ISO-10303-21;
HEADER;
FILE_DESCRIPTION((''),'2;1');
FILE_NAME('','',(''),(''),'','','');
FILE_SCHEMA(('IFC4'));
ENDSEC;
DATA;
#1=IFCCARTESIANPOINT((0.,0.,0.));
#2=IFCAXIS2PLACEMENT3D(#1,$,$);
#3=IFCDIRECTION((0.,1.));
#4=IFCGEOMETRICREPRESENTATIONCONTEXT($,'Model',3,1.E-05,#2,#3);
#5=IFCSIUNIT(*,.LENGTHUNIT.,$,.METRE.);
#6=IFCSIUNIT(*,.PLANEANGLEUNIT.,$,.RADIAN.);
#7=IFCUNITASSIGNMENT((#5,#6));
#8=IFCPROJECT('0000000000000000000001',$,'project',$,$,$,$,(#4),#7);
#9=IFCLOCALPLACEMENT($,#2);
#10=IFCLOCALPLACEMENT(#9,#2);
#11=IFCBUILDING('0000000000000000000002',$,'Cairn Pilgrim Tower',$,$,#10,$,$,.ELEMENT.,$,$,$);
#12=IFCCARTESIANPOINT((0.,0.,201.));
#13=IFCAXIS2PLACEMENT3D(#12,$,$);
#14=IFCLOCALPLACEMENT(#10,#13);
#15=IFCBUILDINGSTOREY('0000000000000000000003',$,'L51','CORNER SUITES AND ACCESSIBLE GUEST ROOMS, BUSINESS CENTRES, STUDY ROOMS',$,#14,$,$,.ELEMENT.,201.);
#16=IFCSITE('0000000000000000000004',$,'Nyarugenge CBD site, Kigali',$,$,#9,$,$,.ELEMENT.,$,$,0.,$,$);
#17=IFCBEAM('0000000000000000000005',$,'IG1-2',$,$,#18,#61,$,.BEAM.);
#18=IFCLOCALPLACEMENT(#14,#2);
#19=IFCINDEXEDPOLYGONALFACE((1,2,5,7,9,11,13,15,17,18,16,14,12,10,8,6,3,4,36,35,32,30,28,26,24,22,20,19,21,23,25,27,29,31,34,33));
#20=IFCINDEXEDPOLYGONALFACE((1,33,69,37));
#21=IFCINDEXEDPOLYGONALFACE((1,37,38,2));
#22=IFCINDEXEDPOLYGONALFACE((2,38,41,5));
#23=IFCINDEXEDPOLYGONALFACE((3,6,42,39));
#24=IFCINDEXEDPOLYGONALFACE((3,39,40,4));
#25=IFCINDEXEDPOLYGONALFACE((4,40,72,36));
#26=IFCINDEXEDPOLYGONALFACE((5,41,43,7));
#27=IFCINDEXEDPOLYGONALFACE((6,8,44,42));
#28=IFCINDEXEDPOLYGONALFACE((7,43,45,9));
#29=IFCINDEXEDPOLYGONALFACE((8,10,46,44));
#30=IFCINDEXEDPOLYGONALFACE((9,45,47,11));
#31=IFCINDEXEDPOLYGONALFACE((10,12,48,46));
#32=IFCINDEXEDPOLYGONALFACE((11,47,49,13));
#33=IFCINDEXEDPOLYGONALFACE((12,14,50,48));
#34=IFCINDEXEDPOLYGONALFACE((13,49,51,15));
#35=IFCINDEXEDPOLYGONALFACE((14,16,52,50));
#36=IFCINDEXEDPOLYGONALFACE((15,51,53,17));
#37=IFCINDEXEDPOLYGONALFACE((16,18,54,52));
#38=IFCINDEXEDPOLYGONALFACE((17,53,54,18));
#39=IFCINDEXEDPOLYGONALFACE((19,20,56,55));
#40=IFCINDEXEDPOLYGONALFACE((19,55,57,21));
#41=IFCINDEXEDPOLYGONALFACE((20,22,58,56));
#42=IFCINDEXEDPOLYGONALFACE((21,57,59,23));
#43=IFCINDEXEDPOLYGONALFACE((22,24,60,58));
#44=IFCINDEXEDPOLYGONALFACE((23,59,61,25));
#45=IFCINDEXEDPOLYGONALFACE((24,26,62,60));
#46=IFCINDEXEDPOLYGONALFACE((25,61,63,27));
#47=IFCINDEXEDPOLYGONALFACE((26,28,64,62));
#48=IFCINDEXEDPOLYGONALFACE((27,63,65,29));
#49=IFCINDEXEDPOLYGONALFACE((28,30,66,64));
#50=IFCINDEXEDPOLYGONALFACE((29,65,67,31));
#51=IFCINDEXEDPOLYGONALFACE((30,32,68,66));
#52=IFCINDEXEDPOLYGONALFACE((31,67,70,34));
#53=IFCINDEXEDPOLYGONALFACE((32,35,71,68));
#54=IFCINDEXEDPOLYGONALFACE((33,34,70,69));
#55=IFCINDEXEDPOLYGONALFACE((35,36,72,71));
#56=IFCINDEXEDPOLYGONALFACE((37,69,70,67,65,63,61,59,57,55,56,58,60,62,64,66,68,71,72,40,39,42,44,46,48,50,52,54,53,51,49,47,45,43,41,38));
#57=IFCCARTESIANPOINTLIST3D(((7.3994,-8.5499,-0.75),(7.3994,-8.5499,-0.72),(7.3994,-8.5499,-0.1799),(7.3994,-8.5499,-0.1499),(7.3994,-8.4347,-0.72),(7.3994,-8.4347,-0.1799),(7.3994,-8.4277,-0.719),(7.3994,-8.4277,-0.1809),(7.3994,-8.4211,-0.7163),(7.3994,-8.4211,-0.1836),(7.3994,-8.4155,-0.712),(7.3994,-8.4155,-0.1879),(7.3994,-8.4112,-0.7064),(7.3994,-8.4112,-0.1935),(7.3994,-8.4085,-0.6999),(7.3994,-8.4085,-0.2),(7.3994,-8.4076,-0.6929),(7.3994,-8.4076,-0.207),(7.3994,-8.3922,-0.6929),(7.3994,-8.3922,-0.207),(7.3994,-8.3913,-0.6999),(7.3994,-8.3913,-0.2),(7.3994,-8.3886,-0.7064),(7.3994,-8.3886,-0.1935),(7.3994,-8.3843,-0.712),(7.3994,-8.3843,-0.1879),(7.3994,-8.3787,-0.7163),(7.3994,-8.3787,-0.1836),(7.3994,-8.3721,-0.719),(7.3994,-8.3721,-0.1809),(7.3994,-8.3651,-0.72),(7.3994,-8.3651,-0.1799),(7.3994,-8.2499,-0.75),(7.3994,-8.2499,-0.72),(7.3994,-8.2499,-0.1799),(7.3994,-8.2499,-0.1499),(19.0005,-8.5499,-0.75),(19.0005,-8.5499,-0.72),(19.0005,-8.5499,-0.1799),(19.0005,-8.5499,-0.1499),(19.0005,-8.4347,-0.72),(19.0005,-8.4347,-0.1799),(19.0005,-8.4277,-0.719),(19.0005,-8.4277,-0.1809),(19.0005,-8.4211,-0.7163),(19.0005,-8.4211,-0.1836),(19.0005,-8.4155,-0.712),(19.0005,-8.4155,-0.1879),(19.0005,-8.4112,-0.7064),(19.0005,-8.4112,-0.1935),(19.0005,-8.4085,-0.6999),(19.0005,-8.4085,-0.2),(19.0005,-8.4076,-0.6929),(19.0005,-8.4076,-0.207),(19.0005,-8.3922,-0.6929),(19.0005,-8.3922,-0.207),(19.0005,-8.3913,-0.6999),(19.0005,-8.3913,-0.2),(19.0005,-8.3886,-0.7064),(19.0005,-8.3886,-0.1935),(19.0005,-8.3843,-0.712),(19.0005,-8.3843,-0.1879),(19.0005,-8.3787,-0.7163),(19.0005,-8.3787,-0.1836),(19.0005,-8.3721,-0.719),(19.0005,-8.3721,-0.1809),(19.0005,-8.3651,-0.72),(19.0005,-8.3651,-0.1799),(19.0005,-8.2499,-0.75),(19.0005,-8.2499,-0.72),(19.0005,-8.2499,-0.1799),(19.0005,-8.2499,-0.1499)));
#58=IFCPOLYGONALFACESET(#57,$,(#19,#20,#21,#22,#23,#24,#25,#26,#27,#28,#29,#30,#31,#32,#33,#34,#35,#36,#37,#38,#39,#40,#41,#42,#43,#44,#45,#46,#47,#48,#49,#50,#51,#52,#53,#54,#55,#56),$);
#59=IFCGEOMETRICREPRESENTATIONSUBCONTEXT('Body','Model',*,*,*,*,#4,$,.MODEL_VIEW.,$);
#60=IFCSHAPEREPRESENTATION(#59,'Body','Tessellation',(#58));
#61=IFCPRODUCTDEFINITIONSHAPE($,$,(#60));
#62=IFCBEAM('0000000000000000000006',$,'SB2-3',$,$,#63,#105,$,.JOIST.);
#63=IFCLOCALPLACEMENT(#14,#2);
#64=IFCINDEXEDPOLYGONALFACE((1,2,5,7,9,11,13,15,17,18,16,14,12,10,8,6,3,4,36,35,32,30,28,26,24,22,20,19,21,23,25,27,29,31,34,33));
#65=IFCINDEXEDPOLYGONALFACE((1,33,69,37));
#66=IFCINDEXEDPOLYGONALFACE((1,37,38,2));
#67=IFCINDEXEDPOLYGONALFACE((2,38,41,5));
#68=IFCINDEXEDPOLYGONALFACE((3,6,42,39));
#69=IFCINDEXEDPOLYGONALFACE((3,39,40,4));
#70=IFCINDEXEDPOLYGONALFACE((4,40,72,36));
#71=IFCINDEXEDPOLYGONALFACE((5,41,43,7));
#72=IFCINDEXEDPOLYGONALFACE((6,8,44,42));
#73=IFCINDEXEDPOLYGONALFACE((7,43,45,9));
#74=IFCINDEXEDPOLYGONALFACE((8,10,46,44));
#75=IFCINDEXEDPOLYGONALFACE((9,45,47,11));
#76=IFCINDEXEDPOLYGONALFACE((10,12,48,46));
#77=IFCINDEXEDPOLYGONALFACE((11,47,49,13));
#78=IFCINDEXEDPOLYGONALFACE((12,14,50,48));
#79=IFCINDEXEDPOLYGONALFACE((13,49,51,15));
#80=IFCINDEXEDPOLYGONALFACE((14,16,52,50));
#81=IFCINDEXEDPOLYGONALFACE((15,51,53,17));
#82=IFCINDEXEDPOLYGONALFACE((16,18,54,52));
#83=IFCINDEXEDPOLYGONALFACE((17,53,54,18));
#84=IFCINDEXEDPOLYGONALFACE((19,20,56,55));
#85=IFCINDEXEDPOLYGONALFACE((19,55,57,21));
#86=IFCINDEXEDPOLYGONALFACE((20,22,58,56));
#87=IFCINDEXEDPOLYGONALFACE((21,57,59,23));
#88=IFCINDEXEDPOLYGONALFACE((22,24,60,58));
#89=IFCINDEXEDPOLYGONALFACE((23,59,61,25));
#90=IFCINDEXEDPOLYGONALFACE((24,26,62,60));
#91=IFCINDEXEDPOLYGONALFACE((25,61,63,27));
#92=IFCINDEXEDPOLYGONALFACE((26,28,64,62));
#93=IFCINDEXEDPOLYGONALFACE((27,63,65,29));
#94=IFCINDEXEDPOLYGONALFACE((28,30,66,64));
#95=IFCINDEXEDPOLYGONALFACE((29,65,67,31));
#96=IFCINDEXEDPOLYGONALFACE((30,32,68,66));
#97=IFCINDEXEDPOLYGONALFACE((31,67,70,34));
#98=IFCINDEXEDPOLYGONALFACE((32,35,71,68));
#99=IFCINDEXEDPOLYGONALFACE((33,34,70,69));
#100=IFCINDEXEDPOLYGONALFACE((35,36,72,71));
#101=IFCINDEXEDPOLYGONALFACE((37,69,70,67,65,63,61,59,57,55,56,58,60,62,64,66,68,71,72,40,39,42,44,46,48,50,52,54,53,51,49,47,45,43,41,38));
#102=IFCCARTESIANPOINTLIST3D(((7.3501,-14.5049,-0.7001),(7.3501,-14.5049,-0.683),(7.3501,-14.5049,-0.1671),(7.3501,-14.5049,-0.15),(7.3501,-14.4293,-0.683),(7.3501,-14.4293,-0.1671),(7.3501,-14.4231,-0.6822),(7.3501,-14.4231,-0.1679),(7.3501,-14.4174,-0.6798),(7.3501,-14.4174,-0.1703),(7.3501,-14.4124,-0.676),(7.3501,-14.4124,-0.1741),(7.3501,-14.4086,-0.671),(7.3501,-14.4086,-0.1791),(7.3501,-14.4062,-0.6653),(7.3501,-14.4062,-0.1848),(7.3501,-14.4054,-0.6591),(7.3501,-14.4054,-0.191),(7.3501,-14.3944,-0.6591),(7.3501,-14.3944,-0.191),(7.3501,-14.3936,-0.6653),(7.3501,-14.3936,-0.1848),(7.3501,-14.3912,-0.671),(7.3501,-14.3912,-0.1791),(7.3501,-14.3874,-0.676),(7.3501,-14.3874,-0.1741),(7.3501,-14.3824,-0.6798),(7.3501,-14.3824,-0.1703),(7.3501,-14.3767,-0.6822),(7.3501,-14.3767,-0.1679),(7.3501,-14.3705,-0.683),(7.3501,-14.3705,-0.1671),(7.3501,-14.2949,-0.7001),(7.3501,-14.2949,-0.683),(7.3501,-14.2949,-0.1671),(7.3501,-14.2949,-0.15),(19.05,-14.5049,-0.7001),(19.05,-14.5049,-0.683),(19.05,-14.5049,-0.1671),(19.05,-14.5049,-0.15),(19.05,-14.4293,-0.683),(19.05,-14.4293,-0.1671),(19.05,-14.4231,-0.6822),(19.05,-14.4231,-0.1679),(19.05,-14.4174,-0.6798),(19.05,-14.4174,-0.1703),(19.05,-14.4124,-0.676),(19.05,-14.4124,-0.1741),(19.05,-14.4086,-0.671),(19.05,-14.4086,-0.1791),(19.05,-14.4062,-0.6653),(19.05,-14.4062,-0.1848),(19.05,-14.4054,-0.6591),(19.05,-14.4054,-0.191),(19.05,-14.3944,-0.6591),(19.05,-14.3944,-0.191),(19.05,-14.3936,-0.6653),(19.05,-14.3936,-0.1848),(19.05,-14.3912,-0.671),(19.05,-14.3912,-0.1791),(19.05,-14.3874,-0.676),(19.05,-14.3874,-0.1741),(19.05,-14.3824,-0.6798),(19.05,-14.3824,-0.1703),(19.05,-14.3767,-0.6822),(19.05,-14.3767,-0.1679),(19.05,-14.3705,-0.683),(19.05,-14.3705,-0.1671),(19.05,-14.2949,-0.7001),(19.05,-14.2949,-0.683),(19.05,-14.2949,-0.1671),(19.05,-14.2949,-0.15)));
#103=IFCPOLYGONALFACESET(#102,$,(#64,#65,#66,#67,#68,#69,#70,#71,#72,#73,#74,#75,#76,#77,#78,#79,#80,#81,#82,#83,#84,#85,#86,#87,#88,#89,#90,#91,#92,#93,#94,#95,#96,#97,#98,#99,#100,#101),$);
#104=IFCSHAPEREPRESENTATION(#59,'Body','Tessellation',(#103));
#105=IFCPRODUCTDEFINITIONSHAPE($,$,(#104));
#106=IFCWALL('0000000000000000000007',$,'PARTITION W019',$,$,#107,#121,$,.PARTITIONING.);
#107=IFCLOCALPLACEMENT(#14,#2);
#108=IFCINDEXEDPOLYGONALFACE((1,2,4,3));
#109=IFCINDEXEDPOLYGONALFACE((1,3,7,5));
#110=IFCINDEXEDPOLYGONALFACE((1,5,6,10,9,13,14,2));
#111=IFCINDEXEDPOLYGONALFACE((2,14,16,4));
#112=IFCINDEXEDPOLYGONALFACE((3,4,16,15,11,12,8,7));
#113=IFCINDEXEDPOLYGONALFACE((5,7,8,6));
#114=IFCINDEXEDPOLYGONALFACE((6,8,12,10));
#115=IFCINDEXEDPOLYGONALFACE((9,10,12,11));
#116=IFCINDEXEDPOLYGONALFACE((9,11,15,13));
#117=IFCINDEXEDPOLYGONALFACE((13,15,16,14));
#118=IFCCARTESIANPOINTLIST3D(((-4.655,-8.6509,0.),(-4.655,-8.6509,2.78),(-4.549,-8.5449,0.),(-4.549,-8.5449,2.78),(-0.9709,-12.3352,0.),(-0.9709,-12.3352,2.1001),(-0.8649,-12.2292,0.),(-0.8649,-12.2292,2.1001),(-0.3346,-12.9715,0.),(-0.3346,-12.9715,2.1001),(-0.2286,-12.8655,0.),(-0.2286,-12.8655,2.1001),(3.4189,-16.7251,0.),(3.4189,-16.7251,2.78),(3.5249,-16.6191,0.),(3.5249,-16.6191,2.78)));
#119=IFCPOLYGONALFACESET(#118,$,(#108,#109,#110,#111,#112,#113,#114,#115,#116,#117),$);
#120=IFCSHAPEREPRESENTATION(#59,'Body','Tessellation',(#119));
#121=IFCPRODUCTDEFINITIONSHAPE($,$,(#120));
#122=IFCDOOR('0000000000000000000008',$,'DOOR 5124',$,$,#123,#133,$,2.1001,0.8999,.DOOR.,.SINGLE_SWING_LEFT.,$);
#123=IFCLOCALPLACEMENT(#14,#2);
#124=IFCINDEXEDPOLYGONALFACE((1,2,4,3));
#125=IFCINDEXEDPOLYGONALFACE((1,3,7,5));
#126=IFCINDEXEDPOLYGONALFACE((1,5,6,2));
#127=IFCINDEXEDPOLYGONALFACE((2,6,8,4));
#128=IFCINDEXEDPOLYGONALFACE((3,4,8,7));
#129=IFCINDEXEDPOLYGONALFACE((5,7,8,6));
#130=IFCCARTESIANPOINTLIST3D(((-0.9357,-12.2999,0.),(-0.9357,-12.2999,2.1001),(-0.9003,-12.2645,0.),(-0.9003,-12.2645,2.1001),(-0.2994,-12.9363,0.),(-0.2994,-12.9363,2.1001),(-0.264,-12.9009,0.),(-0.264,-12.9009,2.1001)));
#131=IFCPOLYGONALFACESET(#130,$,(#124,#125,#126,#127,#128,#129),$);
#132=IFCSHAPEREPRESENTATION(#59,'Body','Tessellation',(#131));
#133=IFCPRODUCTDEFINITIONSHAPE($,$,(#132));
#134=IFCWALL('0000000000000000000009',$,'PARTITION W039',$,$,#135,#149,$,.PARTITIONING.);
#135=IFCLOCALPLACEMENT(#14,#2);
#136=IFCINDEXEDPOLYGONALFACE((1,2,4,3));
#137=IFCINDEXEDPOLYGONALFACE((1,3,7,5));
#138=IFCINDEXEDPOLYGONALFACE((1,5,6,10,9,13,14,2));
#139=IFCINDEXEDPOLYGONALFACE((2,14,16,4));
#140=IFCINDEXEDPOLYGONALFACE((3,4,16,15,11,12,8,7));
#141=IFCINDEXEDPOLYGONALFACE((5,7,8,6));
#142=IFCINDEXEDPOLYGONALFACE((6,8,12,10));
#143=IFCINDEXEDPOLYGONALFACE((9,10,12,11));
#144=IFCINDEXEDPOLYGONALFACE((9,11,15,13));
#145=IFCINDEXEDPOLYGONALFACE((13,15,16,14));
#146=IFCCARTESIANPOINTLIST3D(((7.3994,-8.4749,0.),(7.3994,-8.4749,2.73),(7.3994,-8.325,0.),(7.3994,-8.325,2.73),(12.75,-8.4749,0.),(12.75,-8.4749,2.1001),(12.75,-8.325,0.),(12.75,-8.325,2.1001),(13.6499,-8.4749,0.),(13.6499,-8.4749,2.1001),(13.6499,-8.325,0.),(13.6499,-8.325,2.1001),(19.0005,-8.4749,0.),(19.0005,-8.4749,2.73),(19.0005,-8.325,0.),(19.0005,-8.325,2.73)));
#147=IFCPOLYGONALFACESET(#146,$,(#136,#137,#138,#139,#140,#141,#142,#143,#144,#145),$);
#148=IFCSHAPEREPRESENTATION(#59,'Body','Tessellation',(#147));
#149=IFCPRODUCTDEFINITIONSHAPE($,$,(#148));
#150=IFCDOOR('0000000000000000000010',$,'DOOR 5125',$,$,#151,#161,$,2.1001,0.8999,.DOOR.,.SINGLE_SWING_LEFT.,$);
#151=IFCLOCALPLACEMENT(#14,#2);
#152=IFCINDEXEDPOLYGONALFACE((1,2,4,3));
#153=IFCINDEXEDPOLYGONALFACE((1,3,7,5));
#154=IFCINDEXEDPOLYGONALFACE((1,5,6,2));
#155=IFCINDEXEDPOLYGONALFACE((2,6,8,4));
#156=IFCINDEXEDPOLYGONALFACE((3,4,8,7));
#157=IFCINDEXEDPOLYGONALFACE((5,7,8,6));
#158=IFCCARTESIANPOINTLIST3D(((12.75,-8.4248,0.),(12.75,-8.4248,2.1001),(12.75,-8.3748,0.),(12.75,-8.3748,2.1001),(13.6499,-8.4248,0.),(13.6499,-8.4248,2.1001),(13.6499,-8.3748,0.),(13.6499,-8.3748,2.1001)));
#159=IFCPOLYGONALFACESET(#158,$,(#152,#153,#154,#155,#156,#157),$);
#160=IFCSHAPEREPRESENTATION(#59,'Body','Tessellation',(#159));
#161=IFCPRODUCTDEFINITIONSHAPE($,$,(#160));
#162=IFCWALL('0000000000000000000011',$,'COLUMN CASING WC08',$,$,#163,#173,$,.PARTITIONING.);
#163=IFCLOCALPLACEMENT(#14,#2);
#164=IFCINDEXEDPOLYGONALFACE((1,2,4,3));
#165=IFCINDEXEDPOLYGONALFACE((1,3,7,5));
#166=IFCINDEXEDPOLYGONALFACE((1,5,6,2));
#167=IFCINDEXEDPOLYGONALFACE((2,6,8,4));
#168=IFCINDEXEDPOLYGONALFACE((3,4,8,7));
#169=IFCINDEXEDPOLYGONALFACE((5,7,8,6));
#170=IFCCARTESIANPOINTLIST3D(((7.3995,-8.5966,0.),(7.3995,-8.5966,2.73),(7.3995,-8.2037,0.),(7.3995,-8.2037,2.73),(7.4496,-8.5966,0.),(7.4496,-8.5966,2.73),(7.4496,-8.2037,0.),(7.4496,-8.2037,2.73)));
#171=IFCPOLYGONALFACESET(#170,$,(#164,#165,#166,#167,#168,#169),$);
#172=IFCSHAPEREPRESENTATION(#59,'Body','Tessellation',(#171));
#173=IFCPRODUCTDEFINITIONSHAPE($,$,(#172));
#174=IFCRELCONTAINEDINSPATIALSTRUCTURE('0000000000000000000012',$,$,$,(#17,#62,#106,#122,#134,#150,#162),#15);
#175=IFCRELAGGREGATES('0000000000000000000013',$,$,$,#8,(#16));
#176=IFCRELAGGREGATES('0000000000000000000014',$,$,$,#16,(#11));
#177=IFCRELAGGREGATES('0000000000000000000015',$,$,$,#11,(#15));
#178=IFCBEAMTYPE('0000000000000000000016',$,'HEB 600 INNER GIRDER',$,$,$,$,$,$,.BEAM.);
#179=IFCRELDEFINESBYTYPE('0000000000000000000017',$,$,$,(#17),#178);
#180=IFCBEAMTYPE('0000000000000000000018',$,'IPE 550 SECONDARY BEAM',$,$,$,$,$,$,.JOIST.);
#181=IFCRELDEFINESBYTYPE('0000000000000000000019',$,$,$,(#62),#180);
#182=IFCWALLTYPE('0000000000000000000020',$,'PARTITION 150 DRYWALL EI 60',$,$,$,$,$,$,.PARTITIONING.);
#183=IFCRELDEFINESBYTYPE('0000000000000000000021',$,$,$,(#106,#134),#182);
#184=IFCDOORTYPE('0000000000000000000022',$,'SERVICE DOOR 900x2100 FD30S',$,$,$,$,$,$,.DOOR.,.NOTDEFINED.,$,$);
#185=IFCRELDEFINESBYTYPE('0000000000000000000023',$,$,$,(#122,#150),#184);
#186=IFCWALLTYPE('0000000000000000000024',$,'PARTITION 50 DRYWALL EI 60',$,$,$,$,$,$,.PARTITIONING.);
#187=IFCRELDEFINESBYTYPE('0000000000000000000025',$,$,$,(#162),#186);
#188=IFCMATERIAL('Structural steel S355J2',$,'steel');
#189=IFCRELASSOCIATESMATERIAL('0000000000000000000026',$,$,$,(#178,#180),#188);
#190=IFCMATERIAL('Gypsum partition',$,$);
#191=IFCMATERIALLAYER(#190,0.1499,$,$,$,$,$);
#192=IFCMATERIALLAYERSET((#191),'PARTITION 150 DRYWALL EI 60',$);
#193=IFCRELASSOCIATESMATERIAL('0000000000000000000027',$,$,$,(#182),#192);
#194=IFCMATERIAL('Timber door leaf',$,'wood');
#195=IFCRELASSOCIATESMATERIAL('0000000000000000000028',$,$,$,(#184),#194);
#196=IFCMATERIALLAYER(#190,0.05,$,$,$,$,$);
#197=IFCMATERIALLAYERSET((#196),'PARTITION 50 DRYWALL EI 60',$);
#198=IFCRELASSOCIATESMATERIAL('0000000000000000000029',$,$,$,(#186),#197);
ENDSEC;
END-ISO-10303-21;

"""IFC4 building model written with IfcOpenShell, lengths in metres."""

from ifc_helpers import new_model, si_unit, direction, frame, frame_2d, origin, origin_2d, place, context, subcontext, project, spatial, rectangle, i_section, extrude, material, layer, layer_set, material_profile, profile_set, type_object, element, fill, save


model = new_model("IFC4")

# Units and contexts
model_context = context("Model", 3, precision=1e-05, world=origin(), true_north=direction((0.0, 1.0)))
body_context = subcontext(model_context, "Body", "Model", "MODEL_VIEW")
ifc_project = project(units=[si_unit("LENGTHUNIT", "METRE"), si_unit("PLANEANGLEUNIT", "RADIAN")], contexts=[model_context])

# Site, building, storey
site_placement = place(None, origin())
site = spatial("IfcSite", under=ifc_project, at=site_placement, Name="Nyarugenge CBD site, Kigali", CompositionType="ELEMENT", RefElevation=0.0)
building_placement = place(site_placement, origin())
building = spatial("IfcBuilding", under=site, at=building_placement, Name="Cairn Pilgrim Tower", CompositionType="ELEMENT")
storey_placement = place(building_placement, frame((0.0, 0.0, 201.0)))
storey = spatial("IfcBuildingStorey", under=building, at=storey_placement, Name="L51", Description="CORNER SUITES AND ACCESSIBLE GUEST ROOMS, BUSINESS CENTRES, STUDY ROOMS", CompositionType="ELEMENT", Elevation=201.0)

# Shared definitions
ifc_material_1 = material(Name="Structural steel S355J2", Category="steel")

# Beams
ifc_material_profile_1 = material_profile(ifc_material_1, i_section(OverallWidth=0.3, OverallDepth=0.6001, WebThickness=0.0154, FlangeThickness=0.03, FilletRadius=0.0271, at=origin_2d()), Name="HEB 600")
ifc_profile_set_1 = profile_set([ifc_material_profile_1], Name="Structural steel S355J2")
beam_type_1 = type_object("IfcBeamType", Name="HEB 600 INNER GIRDER", PredefinedType="BEAM", material=ifc_profile_set_1)
beam_1_placement = place(storey_placement, frame((7.3994, -8.3999, -0.45), z_axis=(1.0, 0.0, 0.0), x_axis=(0.0, 1.0, 0.0)))
element("IfcBeam", 1, at=beam_1_placement, inside=storey, type_object=beam_type_1, Name="IG1-2", PredefinedType="BEAM", context=body_context, shape_type="SweptSolid", body=[
    extrude(i_section(OverallWidth=0.3, OverallDepth=0.6001, WebThickness=0.0154, FlangeThickness=0.03, FilletRadius=0.0271, at=origin_2d()), origin(), (0.0, 0.0, 1.0), 11.6011),
])
ifc_material_profile_2 = material_profile(ifc_material_1, i_section(OverallWidth=0.21, OverallDepth=0.55, WebThickness=0.011, FlangeThickness=0.0171, FilletRadius=0.0239, at=origin_2d()), Name="IPE 550")
ifc_profile_set_2 = profile_set([ifc_material_profile_2], Name="Structural steel S355J2")
beam_type_2 = type_object("IfcBeamType", Name="IPE 550 SECONDARY BEAM", PredefinedType="JOIST", material=ifc_profile_set_2)
beam_2_placement = place(storey_placement, frame((7.3501, -14.3999, -0.425), z_axis=(1.0, 0.0, 0.0), x_axis=(0.0, 1.0, 0.0)))
element("IfcBeam", 2, at=beam_2_placement, inside=storey, type_object=beam_type_2, Name="SB2-3", PredefinedType="JOIST", context=body_context, shape_type="SweptSolid", body=[
    extrude(i_section(OverallWidth=0.21, OverallDepth=0.55, WebThickness=0.011, FlangeThickness=0.0171, FilletRadius=0.0239, at=origin_2d()), origin(), (0.0, 0.0, 1.0), 11.7),
])

# Walls, openings, doors
ifc_material_2 = material(Name="Gypsum partition")
ifc_layer_1 = layer(ifc_material_2, 0.1499)
ifc_layer_set_1 = layer_set([ifc_layer_1], Name="PARTITION 150 DRYWALL EI 60")
wall_type_1 = type_object("IfcWallType", Name="PARTITION 150 DRYWALL EI 60", PredefinedType="PARTITIONING", material=ifc_layer_set_1)
wall_1_placement = place(storey_placement, frame((3.4719, -16.6721, 0.0), z_axis=(0.0, 0.0, 1.0), x_axis=(-0.707096, 0.707117, 0.0)))
wall_1 = element("IfcWall", 3, at=wall_1_placement, inside=storey, type_object=wall_type_1, Name="PARTITION W019", PredefinedType="PARTITIONING", context=body_context, shape_type="SweptSolid", body=[
    extrude(rectangle(XDim=11.4185, YDim=0.1499, at=frame_2d((5.7092, 0.0))), origin(), (0.0, 0.0, 1.0), 2.78),
])
opening_1_placement = place(wall_1_placement, frame((5.3083, 0.0, 0.0)))
opening_1 = element("IfcOpeningElement", 4, at=opening_1_placement, cuts=wall_1, PredefinedType="OPENING", context=body_context, shape_type="SweptSolid", body=[
    extrude(rectangle(XDim=0.8999, YDim=2.1001, at=frame_2d((0.45, 1.05))), frame((0.0, 0.085, 0.0), z_axis=(0.0, -1.0, 0.0), x_axis=(1.0, 0.0, 0.0)), (0.0, 0.0, 1.0), 0.1699),
])
ifc_material_3 = material(Name="Timber door leaf", Category="wood")
door_type = type_object("IfcDoorType", Name="SERVICE DOOR 900x2100 FD30S", OperationType="NOTDEFINED", PredefinedType="DOOR", material=ifc_material_3)
door_1_placement = place(opening_1_placement, frame((0.8999, 0.0, 0.0), z_axis=(0.0, 0.0, 1.0), x_axis=(-1.0, 0.0, 0.0)))
door_1 = element("IfcDoor", 5, at=door_1_placement, inside=storey, type_object=door_type, Name="DOOR 5124", OperationType="SINGLE_SWING_LEFT", OverallHeight=2.1001, OverallWidth=0.8999, PredefinedType="DOOR", context=body_context, shape_type="SweptSolid", body=[
    extrude(rectangle(XDim=0.8999, YDim=2.1001, at=frame_2d((0.45, 1.05))), frame((0.0, 0.0249, 0.0), z_axis=(0.0, -1.0, 0.0), x_axis=(1.0, 0.0, 0.0)), (0.0, 0.0, 1.0), 0.05),
])
fill(opening_1, door_1)
wall_2_placement = place(storey_placement, frame((7.3994, -8.3999, 0.0), z_axis=(0.0, 0.0, 1.0), x_axis=(1.0, 0.0, 0.0)))
wall_2 = element("IfcWall", 6, at=wall_2_placement, inside=storey, type_object=wall_type_1, Name="PARTITION W039", PredefinedType="PARTITIONING", context=body_context, shape_type="SweptSolid", body=[
    extrude(rectangle(XDim=11.6011, YDim=0.1499, at=frame_2d((5.8005, 0.0))), origin(), (0.0, 0.0, 1.0), 2.73),
])
opening_2_placement = place(wall_2_placement, frame((5.3506, 0.0, 0.0)))
opening_2 = element("IfcOpeningElement", 7, at=opening_2_placement, cuts=wall_2, PredefinedType="OPENING", context=body_context, shape_type="SweptSolid", body=[
    extrude(rectangle(XDim=0.8999, YDim=2.1001, at=frame_2d((0.45, 1.05))), frame((0.0, 0.085, 0.0), z_axis=(0.0, -1.0, 0.0), x_axis=(1.0, 0.0, 0.0)), (0.0, 0.0, 1.0), 0.1699),
])
door_2_placement = place(opening_2_placement, frame((0.8999, 0.0, 0.0), z_axis=(0.0, 0.0, 1.0), x_axis=(-1.0, 0.0, 0.0)))
door_2 = element("IfcDoor", 8, at=door_2_placement, inside=storey, type_object=door_type, Name="DOOR 5125", OperationType="SINGLE_SWING_LEFT", OverallHeight=2.1001, OverallWidth=0.8999, PredefinedType="DOOR", context=body_context, shape_type="SweptSolid", body=[
    extrude(rectangle(XDim=0.8999, YDim=2.1001, at=frame_2d((0.45, 1.05))), frame((0.0, 0.0249, 0.0), z_axis=(0.0, -1.0, 0.0), x_axis=(1.0, 0.0, 0.0)), (0.0, 0.0, 1.0), 0.05),
])
fill(opening_2, door_2)

# Wall
ifc_layer_2 = layer(ifc_material_2, 0.05)
ifc_layer_set_2 = layer_set([ifc_layer_2], Name="PARTITION 50 DRYWALL EI 60")
wall_type_2 = type_object("IfcWallType", Name="PARTITION 50 DRYWALL EI 60", PredefinedType="PARTITIONING", material=ifc_layer_set_2)
wall_3_placement = place(storey_placement, frame((7.4246, -8.5964, 0.0), z_axis=(0.0, 0.0, 1.0), x_axis=(0.0, 1.0, 0.0)))
element("IfcWall", 9, at=wall_3_placement, inside=storey, type_object=wall_type_2, Name="COLUMN CASING WC08", PredefinedType="PARTITIONING", context=body_context, shape_type="SweptSolid", body=[
    extrude(rectangle(XDim=0.3928, YDim=0.05, at=frame_2d((0.1963, 0.0))), origin(), (0.0, 0.0, 1.0), 2.73),
])

save(model, "model.ifc")
